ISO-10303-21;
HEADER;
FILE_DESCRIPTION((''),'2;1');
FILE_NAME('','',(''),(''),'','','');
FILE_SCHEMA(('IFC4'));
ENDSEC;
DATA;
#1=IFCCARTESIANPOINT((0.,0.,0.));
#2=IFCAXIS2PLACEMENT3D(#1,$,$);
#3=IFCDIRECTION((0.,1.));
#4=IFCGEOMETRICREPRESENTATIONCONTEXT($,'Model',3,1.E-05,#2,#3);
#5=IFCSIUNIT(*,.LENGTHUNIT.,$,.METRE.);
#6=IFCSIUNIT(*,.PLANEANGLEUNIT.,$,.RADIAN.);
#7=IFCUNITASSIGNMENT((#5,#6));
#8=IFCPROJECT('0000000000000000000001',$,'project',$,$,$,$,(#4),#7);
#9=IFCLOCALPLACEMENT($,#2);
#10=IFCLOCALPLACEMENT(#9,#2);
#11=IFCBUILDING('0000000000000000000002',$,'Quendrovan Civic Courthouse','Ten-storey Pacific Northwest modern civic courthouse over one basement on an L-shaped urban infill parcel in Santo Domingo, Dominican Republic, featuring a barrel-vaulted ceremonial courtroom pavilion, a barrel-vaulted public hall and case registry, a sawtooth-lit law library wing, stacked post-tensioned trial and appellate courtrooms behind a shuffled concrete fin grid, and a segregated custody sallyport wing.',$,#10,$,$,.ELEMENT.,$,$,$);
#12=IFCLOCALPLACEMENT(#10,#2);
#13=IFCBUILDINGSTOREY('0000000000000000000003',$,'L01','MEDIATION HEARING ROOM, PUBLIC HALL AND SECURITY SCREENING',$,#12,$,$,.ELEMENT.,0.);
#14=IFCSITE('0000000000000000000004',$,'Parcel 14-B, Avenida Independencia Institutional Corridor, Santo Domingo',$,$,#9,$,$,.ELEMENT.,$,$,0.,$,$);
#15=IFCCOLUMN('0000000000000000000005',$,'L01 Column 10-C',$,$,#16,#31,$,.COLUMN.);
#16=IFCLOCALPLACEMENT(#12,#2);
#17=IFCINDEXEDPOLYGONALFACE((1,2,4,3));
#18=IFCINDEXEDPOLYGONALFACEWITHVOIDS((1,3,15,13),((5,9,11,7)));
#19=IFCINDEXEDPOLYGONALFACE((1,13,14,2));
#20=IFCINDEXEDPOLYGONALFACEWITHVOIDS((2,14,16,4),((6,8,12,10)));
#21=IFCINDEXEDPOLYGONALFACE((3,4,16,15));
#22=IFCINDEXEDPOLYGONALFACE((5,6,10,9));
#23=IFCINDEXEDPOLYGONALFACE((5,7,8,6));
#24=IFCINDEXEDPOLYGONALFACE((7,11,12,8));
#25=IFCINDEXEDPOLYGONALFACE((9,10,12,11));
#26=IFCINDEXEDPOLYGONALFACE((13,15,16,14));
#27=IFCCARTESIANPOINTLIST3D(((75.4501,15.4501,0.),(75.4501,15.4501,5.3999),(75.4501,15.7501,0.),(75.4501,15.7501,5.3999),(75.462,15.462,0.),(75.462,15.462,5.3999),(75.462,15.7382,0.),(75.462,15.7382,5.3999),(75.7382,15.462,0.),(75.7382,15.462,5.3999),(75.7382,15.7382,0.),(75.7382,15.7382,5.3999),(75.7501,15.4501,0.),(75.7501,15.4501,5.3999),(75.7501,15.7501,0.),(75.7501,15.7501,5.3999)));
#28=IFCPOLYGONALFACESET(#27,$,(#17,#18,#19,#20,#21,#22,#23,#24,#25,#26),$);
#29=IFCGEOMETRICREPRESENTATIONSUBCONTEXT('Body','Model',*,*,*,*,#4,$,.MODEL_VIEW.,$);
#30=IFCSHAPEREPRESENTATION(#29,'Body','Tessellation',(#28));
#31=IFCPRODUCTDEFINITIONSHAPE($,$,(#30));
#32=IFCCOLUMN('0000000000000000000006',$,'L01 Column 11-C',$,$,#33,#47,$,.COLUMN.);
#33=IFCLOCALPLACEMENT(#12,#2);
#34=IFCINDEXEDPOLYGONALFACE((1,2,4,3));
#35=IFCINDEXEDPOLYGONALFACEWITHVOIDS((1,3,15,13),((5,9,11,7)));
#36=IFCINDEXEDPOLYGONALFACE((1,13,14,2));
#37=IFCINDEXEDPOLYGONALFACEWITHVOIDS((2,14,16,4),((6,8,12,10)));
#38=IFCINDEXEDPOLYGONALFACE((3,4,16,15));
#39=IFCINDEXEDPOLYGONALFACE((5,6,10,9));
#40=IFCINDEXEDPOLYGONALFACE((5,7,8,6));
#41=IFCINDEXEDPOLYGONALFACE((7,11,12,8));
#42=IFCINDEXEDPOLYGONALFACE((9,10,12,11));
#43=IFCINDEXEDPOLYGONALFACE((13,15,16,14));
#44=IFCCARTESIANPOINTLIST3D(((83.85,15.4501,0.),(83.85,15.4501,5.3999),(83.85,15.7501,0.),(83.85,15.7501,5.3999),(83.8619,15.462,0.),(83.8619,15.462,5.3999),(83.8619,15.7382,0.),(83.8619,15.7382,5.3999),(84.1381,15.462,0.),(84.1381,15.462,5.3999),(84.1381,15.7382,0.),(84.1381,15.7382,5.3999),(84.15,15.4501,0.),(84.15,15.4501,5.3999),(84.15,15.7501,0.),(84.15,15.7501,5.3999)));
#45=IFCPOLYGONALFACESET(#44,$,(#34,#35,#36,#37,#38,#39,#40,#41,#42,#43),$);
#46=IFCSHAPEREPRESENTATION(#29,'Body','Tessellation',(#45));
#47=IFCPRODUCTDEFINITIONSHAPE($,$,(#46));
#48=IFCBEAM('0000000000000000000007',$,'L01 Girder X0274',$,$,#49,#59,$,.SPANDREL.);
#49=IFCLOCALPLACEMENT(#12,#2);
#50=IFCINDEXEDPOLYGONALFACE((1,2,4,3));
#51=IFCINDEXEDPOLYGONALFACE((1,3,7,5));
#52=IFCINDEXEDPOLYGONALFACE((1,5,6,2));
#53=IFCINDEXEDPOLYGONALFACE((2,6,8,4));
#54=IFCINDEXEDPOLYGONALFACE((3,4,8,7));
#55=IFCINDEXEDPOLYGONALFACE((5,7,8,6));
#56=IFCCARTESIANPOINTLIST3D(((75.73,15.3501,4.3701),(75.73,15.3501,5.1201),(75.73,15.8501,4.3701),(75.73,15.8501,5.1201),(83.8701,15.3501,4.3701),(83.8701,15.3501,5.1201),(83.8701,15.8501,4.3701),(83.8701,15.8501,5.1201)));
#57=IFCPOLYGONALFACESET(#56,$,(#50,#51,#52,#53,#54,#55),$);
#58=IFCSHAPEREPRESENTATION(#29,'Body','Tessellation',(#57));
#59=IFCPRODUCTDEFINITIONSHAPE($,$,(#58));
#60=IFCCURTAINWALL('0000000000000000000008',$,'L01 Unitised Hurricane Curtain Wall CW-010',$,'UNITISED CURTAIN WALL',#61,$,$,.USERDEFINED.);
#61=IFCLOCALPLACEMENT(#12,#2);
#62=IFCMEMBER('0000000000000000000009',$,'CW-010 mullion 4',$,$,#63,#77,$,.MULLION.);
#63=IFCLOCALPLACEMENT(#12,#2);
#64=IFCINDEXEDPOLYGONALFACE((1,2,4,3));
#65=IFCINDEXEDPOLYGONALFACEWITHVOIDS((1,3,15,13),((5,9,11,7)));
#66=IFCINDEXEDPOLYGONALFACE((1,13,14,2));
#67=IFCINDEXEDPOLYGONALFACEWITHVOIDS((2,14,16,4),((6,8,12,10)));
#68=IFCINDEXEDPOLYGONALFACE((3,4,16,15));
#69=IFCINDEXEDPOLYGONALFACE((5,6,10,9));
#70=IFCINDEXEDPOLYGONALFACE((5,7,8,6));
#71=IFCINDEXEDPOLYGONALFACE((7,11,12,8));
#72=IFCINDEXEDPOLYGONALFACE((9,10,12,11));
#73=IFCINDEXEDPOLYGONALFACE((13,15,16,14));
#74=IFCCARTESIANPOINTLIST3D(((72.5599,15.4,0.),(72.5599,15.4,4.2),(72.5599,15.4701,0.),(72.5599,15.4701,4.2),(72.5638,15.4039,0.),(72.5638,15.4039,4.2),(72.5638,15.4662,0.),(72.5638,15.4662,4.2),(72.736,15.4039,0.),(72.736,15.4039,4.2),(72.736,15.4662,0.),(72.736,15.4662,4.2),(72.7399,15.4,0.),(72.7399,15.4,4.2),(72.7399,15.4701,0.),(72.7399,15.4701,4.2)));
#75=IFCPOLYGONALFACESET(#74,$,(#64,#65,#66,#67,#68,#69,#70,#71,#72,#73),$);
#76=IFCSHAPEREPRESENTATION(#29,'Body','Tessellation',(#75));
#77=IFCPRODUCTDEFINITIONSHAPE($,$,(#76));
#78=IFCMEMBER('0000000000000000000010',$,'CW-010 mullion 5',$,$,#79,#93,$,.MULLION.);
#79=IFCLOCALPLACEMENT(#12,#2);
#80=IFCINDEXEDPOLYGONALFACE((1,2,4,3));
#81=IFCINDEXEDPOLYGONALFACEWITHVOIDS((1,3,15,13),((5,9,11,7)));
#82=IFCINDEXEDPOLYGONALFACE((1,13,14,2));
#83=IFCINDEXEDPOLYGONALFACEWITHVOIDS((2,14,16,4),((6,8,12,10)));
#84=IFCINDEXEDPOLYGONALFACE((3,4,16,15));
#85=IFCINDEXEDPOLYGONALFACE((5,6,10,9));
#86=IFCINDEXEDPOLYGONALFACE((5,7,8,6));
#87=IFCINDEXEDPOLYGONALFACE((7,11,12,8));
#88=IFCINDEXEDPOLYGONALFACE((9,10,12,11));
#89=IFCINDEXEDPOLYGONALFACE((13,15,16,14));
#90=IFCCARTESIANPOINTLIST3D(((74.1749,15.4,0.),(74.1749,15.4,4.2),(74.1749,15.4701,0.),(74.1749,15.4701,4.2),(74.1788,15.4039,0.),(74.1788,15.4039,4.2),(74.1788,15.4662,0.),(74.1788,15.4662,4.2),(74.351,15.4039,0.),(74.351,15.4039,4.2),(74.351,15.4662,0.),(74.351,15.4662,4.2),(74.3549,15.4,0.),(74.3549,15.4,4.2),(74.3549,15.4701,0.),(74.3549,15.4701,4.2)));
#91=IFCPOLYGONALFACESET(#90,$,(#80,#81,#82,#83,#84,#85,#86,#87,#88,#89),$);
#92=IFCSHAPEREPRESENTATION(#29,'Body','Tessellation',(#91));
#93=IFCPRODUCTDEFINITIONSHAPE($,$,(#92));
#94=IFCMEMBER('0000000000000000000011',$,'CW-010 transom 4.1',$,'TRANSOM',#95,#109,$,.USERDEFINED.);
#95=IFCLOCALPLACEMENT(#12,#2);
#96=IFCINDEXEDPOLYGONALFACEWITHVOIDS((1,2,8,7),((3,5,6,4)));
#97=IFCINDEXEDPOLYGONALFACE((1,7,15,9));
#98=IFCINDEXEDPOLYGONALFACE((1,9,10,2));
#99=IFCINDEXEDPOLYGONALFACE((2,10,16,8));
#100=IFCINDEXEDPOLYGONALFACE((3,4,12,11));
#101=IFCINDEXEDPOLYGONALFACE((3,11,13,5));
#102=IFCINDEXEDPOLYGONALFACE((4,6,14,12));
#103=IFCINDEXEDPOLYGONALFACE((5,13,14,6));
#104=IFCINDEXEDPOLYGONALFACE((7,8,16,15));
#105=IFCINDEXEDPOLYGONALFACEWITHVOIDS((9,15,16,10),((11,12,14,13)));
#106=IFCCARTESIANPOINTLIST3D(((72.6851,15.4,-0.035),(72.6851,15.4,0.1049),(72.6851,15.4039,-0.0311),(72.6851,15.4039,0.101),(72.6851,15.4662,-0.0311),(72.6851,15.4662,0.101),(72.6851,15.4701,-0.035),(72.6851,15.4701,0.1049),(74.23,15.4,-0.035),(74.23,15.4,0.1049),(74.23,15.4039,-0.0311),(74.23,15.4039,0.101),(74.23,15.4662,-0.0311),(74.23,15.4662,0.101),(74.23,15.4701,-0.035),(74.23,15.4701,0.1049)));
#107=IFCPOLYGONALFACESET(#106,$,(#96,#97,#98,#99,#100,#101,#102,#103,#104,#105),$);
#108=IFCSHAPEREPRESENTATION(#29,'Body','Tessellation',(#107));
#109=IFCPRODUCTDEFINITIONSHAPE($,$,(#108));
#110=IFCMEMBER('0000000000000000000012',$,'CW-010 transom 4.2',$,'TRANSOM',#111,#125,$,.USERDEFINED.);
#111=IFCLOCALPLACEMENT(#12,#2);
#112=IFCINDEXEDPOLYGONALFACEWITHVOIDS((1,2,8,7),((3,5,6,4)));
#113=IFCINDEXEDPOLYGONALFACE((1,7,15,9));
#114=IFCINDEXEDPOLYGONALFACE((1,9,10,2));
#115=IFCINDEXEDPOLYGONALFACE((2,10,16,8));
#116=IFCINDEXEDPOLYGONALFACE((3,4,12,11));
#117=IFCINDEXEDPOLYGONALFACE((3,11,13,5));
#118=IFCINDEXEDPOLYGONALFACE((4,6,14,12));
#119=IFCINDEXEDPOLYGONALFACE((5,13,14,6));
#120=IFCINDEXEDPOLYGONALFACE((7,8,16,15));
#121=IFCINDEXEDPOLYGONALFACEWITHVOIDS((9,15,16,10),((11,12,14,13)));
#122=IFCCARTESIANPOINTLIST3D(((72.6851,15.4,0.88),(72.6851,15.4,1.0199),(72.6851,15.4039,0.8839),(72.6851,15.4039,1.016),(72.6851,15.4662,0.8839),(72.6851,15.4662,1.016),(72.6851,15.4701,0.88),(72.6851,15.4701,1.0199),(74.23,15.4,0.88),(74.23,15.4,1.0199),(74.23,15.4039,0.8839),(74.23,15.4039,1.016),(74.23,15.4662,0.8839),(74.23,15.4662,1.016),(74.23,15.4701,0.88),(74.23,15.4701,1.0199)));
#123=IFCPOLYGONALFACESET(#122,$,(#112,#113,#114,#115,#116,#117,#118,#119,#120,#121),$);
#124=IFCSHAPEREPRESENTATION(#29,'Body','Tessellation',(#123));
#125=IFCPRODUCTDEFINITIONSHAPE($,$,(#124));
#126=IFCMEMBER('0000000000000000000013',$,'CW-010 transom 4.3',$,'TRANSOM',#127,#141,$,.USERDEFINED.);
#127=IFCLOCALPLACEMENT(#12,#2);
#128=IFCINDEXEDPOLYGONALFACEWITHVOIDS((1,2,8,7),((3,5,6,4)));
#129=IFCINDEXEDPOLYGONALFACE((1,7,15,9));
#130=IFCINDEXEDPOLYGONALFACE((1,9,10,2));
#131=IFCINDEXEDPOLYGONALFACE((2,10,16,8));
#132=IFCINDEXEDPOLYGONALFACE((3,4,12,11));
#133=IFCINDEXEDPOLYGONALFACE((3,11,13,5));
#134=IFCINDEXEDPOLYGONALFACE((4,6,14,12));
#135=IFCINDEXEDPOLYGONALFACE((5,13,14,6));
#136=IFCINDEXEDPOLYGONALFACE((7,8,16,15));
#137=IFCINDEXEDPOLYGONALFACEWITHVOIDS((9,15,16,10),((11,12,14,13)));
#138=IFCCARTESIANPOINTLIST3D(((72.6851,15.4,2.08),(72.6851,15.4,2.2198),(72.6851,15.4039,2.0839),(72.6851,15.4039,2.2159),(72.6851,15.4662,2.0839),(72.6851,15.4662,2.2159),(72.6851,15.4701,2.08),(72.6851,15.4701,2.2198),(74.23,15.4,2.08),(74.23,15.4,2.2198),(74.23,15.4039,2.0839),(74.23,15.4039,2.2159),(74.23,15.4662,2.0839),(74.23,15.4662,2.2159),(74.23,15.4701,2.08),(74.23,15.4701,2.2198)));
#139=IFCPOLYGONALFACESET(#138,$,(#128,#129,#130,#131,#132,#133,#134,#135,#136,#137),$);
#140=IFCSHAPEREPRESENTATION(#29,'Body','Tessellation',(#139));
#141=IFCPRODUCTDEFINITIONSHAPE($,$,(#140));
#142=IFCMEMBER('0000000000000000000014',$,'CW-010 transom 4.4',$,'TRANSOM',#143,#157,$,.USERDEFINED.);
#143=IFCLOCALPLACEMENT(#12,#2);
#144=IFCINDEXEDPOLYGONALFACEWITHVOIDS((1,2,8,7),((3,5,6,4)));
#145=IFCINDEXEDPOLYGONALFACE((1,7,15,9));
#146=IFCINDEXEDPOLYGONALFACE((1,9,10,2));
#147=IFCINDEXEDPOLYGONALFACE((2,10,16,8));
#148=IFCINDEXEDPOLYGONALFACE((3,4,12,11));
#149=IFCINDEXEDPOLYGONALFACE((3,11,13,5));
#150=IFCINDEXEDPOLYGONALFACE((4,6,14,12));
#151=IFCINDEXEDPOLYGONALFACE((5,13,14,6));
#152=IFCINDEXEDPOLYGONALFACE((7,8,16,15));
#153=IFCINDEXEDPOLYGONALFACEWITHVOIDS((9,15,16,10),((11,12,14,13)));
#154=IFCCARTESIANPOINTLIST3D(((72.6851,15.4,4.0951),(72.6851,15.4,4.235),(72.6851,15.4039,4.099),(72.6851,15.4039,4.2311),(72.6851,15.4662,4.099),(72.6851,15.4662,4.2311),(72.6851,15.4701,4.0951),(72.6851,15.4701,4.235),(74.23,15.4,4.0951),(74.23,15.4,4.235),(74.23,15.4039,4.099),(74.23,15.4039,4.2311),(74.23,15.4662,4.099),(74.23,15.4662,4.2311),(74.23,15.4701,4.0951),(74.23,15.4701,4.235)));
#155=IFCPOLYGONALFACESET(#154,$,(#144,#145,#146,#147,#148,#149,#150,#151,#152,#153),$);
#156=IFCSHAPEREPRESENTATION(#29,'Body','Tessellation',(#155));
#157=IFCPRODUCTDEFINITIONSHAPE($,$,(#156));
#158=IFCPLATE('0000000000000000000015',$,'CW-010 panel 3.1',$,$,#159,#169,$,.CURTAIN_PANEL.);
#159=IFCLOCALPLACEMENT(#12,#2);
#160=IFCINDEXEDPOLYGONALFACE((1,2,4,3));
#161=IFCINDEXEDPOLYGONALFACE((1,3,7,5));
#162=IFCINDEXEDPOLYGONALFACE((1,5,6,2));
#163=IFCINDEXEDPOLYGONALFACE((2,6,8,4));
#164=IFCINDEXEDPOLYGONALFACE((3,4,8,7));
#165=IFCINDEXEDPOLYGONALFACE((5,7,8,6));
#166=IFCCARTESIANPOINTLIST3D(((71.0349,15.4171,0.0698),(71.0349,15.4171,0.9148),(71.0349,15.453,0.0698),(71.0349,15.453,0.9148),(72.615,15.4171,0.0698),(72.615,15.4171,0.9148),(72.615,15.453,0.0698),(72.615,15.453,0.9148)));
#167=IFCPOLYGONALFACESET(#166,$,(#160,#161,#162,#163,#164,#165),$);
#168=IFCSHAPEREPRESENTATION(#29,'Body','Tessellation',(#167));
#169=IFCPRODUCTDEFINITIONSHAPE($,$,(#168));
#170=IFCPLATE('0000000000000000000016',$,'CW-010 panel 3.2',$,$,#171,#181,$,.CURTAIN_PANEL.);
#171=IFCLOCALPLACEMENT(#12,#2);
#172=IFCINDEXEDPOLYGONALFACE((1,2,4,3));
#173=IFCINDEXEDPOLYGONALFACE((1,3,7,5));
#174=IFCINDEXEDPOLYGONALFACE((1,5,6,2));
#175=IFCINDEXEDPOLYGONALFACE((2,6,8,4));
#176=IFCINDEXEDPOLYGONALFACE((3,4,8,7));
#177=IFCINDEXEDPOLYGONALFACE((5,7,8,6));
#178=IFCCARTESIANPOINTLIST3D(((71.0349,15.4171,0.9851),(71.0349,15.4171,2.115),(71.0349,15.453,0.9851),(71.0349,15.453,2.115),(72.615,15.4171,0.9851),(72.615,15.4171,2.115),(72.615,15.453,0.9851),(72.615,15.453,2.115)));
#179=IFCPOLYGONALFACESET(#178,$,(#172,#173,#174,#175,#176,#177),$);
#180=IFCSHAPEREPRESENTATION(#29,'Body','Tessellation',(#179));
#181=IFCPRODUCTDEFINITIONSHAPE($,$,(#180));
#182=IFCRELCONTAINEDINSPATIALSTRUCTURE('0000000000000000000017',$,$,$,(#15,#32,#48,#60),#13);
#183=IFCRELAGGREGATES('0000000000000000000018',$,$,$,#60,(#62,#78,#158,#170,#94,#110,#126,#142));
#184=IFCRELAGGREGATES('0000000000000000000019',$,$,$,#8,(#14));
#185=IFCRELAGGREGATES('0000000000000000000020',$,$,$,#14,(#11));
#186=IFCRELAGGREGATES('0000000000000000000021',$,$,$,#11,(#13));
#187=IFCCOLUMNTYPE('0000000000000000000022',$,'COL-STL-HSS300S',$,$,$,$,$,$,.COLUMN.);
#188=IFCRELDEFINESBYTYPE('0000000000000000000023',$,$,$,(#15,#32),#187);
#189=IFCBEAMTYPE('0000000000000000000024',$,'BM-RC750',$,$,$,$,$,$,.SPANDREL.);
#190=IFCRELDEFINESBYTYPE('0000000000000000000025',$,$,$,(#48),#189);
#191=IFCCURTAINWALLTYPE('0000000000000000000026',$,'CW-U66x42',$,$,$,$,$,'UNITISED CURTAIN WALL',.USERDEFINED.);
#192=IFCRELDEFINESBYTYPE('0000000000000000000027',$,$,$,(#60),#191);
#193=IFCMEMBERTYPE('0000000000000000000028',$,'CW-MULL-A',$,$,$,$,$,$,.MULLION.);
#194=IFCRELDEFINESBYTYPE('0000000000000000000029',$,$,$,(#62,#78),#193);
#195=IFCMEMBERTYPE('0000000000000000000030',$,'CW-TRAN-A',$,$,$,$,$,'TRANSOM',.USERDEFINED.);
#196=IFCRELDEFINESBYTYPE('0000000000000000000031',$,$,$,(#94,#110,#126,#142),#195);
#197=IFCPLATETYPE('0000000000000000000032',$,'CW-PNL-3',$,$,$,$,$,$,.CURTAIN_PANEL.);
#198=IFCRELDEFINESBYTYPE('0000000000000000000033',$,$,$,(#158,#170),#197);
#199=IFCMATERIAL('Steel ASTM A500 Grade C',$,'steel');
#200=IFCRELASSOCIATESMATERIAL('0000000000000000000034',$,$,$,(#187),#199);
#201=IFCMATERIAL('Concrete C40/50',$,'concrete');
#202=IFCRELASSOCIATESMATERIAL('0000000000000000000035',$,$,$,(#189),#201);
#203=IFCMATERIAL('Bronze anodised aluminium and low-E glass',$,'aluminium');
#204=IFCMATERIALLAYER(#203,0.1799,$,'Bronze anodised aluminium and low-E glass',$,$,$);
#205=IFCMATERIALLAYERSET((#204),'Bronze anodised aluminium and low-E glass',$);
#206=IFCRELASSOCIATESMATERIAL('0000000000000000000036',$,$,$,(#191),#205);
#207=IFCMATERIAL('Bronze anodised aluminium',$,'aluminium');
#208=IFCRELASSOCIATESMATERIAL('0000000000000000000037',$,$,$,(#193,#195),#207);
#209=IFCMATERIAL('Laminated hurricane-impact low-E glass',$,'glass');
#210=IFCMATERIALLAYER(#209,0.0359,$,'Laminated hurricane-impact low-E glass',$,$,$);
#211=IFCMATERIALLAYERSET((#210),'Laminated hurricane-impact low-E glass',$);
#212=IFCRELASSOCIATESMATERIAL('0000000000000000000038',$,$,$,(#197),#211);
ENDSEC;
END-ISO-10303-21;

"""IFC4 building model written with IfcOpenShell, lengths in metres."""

from ifc_helpers import new_model, si_unit, direction, frame, origin, origin_2d, place, context, subcontext, project, spatial, rectangle, hollow_rectangle, extrude, material, layer, layer_set, material_profile, profile_set, type_object, element, aggregate, save


model = new_model("IFC4")

# Units and contexts
model_context = context("Model", 3, precision=1e-05, world=origin(), true_north=direction((0.0, 1.0)))
body_context = subcontext(model_context, "Body", "Model", "MODEL_VIEW")
ifc_project = project(units=[si_unit("LENGTHUNIT", "METRE"), si_unit("PLANEANGLEUNIT", "RADIAN")], contexts=[model_context])

# Site, building, storey
site_placement = place(None, origin())
site = spatial("IfcSite", under=ifc_project, at=site_placement, Name="Parcel 14-B, Avenida Independencia Institutional Corridor, Santo Domingo", CompositionType="ELEMENT", RefElevation=0.0)
building_placement = place(site_placement, origin())
building = spatial("IfcBuilding", under=site, at=building_placement, Name="Quendrovan Civic Courthouse", Description="Ten-storey Pacific Northwest modern civic courthouse over one basement on an L-shaped urban infill parcel in Santo Domingo, Dominican Republic, featuring a barrel-vaulted ceremonial courtroom pavilion, a barrel-vaulted public hall and case registry, a sawtooth-lit law library wing, stacked post-tensioned trial and appellate courtrooms behind a shuffled concrete fin grid, and a segregated custody sallyport wing.", CompositionType="ELEMENT")
storey_placement = place(building_placement, origin())
storey = spatial("IfcBuildingStorey", under=building, at=storey_placement, Name="L01", Description="MEDIATION HEARING ROOM, PUBLIC HALL AND SECURITY SCREENING", CompositionType="ELEMENT", Elevation=0.0)

# Columns
ifc_material_1 = material(Name="Steel ASTM A500 Grade C", Category="steel")
ifc_material_profile_1 = material_profile(ifc_material_1, hollow_rectangle(XDim=0.3, YDim=0.3, WallThickness=0.012, at=origin_2d()), Name="HSS300x300x12")
ifc_profile_set_1 = profile_set([ifc_material_profile_1], Name="Steel ASTM A500 Grade C")
column_type = type_object("IfcColumnType", Name="COL-STL-HSS300S", PredefinedType="COLUMN", material=ifc_profile_set_1)
for number, where, z_axis, x_axis, name in (
    (1, (75.6001, 15.6001, 0.0), (0.0, 0.0, 1.0), (1.0, 0.0, 0.0), "L01 Column 10-C"),
    (2, (84.0, 15.6001, 0.0), (0.0, 0.0, 1.0), (1.0, 0.0, 0.0), "L01 Column 11-C"),
):
    element("IfcColumn", number, at=place(storey_placement, frame(where, z_axis=z_axis, x_axis=x_axis)), inside=storey, type_object=column_type, Name=name, PredefinedType="COLUMN", context=body_context, shape_type="SweptSolid", body=[
        extrude(hollow_rectangle(XDim=0.3, YDim=0.3, WallThickness=0.012, at=origin_2d()), origin(), (0.0, 0.0, 1.0), 5.3999),
    ])

# Beam
ifc_material_2 = material(Name="Concrete C40/50", Category="concrete")
ifc_material_profile_2 = material_profile(ifc_material_2, rectangle(XDim=0.5, YDim=0.75, at=origin_2d()), Name="RC-BM-500x750")
ifc_profile_set_2 = profile_set([ifc_material_profile_2], Name="Concrete C40/50")
beam_type = type_object("IfcBeamType", Name="BM-RC750", PredefinedType="SPANDREL", material=ifc_profile_set_2)
beam_placement = place(storey_placement, frame((75.73, 15.6001, 4.7451), z_axis=(1.0, 0.0, 0.0), x_axis=(0.0, 1.0, 0.0)))
element("IfcBeam", 3, at=beam_placement, inside=storey, type_object=beam_type, Name="L01 Girder X0274", PredefinedType="SPANDREL", context=body_context, shape_type="SweptSolid", body=[
    extrude(rectangle(XDim=0.5, YDim=0.75, at=origin_2d()), origin(), (0.0, 0.0, 1.0), 8.1401),
])

# Curtain wall, members, plates
ifc_material_3 = material(Name="Bronze anodised aluminium and low-E glass", Category="aluminium")
ifc_layer_1 = layer(ifc_material_3, 0.1799, Name="Bronze anodised aluminium and low-E glass")
ifc_layer_set_1 = layer_set([ifc_layer_1], Name="Bronze anodised aluminium and low-E glass")
curtain_wall_type = type_object("IfcCurtainWallType", Name="CW-U66x42", ElementType="UNITISED CURTAIN WALL", PredefinedType="USERDEFINED", material=ifc_layer_set_1)
curtain_wall_placement = place(storey_placement, origin())
curtain_wall = element("IfcCurtainWall", 4, at=curtain_wall_placement, inside=storey, type_object=curtain_wall_type, Name="L01 Unitised Hurricane Curtain Wall CW-010", ObjectType="UNITISED CURTAIN WALL", PredefinedType="USERDEFINED")
ifc_material_4 = material(Name="Bronze anodised aluminium", Category="aluminium")
ifc_material_profile_3 = material_profile(ifc_material_4, hollow_rectangle(XDim=0.0701, YDim=0.1799, WallThickness=0.0039, at=origin_2d()), Name="CW-MULL-70x180")
ifc_profile_set_3 = profile_set([ifc_material_profile_3], Name="Bronze anodised aluminium")
member_type_1 = type_object("IfcMemberType", Name="CW-MULL-A", PredefinedType="MULLION", material=ifc_profile_set_3)
member_1_placement = place(storey_placement, frame((72.6499, 15.4351, 0.0), z_axis=(0.0, 0.0, 1.0), x_axis=(0.0, 1.0, 0.0)))
member_1 = element("IfcMember", 5, at=member_1_placement, type_object=member_type_1, Name="CW-010 mullion 4", PredefinedType="MULLION", context=body_context, shape_type="SweptSolid", body=[
    extrude(hollow_rectangle(XDim=0.0701, YDim=0.1799, WallThickness=0.0039, at=origin_2d()), origin(), (0.0, 0.0, 1.0), 4.2),
])
member_2_placement = place(storey_placement, frame((74.2649, 15.4351, 0.0), z_axis=(0.0, 0.0, 1.0), x_axis=(0.0, 1.0, 0.0)))
member_2 = element("IfcMember", 6, at=member_2_placement, type_object=member_type_1, Name="CW-010 mullion 5", PredefinedType="MULLION", context=body_context, shape_type="SweptSolid", body=[
    extrude(hollow_rectangle(XDim=0.0701, YDim=0.1799, WallThickness=0.0039, at=origin_2d()), origin(), (0.0, 0.0, 1.0), 4.2),
])
ifc_material_profile_4 = material_profile(ifc_material_4, hollow_rectangle(XDim=0.0701, YDim=0.1399, WallThickness=0.0039, at=origin_2d()), Name="CW-TRAN-70x140")
ifc_profile_set_4 = profile_set([ifc_material_profile_4], Name="Bronze anodised aluminium")
member_type_2 = type_object("IfcMemberType", Name="CW-TRAN-A", ElementType="TRANSOM", PredefinedType="USERDEFINED", material=ifc_profile_set_4)
member_3_placement = place(storey_placement, frame((72.6851, 15.4351, 0.0349), z_axis=(1.0, 0.0, 0.0), x_axis=(0.0, 1.0, 0.0)))
member_3 = element("IfcMember", 7, at=member_3_placement, type_object=member_type_2, Name="CW-010 transom 4.1", ObjectType="TRANSOM", PredefinedType="USERDEFINED", context=body_context, shape_type="SweptSolid", body=[
    extrude(hollow_rectangle(XDim=0.0701, YDim=0.1399, WallThickness=0.0039, at=origin_2d()), origin(), (0.0, 0.0, 1.0), 1.5449),
])
member_4_placement = place(storey_placement, frame((72.6851, 15.4351, 0.95), z_axis=(1.0, 0.0, 0.0), x_axis=(0.0, 1.0, 0.0)))
member_4 = element("IfcMember", 8, at=member_4_placement, type_object=member_type_2, Name="CW-010 transom 4.2", ObjectType="TRANSOM", PredefinedType="USERDEFINED", context=body_context, shape_type="SweptSolid", body=[
    extrude(hollow_rectangle(XDim=0.0701, YDim=0.1399, WallThickness=0.0039, at=origin_2d()), origin(), (0.0, 0.0, 1.0), 1.5449),
])
member_5_placement = place(storey_placement, frame((72.6851, 15.4351, 2.1499), z_axis=(1.0, 0.0, 0.0), x_axis=(0.0, 1.0, 0.0)))
member_5 = element("IfcMember", 9, at=member_5_placement, type_object=member_type_2, Name="CW-010 transom 4.3", ObjectType="TRANSOM", PredefinedType="USERDEFINED", context=body_context, shape_type="SweptSolid", body=[
    extrude(hollow_rectangle(XDim=0.0701, YDim=0.1399, WallThickness=0.0039, at=origin_2d()), origin(), (0.0, 0.0, 1.0), 1.5449),
])
member_6_placement = place(storey_placement, frame((72.6851, 15.4351, 4.165), z_axis=(1.0, 0.0, 0.0), x_axis=(0.0, 1.0, 0.0)))
member_6 = element("IfcMember", 10, at=member_6_placement, type_object=member_type_2, Name="CW-010 transom 4.4", ObjectType="TRANSOM", PredefinedType="USERDEFINED", context=body_context, shape_type="SweptSolid", body=[
    extrude(hollow_rectangle(XDim=0.0701, YDim=0.1399, WallThickness=0.0039, at=origin_2d()), origin(), (0.0, 0.0, 1.0), 1.5449),
])
ifc_material_5 = material(Name="Laminated hurricane-impact low-E glass", Category="glass")
ifc_layer_2 = layer(ifc_material_5, 0.0359, Name="Laminated hurricane-impact low-E glass")
ifc_layer_set_2 = layer_set([ifc_layer_2], Name="Laminated hurricane-impact low-E glass")
plate_type_1 = type_object("IfcPlateType", Name="CW-PNL-3", PredefinedType="CURTAIN_PANEL", material=ifc_layer_set_2)
plate_1_placement = place(storey_placement, frame((71.825, 15.4351, 0.0698), z_axis=(0.0, 0.0, 1.0), x_axis=(1.0, 0.0, 0.0)))
plate_1 = element("IfcPlate", 11, at=plate_1_placement, type_object=plate_type_1, Name="CW-010 panel 3.1", PredefinedType="CURTAIN_PANEL", context=body_context, shape_type="SweptSolid", body=[
    extrude(rectangle(XDim=1.5801, YDim=0.0359, at=origin_2d()), origin(), (0.0, 0.0, 1.0), 0.845),
])
plate_2_placement = place(storey_placement, frame((71.825, 15.4351, 0.9851), z_axis=(0.0, 0.0, 1.0), x_axis=(1.0, 0.0, 0.0)))
plate_2 = element("IfcPlate", 12, at=plate_2_placement, type_object=plate_type_1, Name="CW-010 panel 3.2", PredefinedType="CURTAIN_PANEL", context=body_context, shape_type="SweptSolid", body=[
    extrude(rectangle(XDim=1.5801, YDim=0.0359, at=origin_2d()), origin(), (0.0, 0.0, 1.0), 1.1299),
])
aggregate(curtain_wall, [member_1, member_2, plate_1, plate_2, member_3, member_4, member_5, member_6])

save(model, "model.ifc")
